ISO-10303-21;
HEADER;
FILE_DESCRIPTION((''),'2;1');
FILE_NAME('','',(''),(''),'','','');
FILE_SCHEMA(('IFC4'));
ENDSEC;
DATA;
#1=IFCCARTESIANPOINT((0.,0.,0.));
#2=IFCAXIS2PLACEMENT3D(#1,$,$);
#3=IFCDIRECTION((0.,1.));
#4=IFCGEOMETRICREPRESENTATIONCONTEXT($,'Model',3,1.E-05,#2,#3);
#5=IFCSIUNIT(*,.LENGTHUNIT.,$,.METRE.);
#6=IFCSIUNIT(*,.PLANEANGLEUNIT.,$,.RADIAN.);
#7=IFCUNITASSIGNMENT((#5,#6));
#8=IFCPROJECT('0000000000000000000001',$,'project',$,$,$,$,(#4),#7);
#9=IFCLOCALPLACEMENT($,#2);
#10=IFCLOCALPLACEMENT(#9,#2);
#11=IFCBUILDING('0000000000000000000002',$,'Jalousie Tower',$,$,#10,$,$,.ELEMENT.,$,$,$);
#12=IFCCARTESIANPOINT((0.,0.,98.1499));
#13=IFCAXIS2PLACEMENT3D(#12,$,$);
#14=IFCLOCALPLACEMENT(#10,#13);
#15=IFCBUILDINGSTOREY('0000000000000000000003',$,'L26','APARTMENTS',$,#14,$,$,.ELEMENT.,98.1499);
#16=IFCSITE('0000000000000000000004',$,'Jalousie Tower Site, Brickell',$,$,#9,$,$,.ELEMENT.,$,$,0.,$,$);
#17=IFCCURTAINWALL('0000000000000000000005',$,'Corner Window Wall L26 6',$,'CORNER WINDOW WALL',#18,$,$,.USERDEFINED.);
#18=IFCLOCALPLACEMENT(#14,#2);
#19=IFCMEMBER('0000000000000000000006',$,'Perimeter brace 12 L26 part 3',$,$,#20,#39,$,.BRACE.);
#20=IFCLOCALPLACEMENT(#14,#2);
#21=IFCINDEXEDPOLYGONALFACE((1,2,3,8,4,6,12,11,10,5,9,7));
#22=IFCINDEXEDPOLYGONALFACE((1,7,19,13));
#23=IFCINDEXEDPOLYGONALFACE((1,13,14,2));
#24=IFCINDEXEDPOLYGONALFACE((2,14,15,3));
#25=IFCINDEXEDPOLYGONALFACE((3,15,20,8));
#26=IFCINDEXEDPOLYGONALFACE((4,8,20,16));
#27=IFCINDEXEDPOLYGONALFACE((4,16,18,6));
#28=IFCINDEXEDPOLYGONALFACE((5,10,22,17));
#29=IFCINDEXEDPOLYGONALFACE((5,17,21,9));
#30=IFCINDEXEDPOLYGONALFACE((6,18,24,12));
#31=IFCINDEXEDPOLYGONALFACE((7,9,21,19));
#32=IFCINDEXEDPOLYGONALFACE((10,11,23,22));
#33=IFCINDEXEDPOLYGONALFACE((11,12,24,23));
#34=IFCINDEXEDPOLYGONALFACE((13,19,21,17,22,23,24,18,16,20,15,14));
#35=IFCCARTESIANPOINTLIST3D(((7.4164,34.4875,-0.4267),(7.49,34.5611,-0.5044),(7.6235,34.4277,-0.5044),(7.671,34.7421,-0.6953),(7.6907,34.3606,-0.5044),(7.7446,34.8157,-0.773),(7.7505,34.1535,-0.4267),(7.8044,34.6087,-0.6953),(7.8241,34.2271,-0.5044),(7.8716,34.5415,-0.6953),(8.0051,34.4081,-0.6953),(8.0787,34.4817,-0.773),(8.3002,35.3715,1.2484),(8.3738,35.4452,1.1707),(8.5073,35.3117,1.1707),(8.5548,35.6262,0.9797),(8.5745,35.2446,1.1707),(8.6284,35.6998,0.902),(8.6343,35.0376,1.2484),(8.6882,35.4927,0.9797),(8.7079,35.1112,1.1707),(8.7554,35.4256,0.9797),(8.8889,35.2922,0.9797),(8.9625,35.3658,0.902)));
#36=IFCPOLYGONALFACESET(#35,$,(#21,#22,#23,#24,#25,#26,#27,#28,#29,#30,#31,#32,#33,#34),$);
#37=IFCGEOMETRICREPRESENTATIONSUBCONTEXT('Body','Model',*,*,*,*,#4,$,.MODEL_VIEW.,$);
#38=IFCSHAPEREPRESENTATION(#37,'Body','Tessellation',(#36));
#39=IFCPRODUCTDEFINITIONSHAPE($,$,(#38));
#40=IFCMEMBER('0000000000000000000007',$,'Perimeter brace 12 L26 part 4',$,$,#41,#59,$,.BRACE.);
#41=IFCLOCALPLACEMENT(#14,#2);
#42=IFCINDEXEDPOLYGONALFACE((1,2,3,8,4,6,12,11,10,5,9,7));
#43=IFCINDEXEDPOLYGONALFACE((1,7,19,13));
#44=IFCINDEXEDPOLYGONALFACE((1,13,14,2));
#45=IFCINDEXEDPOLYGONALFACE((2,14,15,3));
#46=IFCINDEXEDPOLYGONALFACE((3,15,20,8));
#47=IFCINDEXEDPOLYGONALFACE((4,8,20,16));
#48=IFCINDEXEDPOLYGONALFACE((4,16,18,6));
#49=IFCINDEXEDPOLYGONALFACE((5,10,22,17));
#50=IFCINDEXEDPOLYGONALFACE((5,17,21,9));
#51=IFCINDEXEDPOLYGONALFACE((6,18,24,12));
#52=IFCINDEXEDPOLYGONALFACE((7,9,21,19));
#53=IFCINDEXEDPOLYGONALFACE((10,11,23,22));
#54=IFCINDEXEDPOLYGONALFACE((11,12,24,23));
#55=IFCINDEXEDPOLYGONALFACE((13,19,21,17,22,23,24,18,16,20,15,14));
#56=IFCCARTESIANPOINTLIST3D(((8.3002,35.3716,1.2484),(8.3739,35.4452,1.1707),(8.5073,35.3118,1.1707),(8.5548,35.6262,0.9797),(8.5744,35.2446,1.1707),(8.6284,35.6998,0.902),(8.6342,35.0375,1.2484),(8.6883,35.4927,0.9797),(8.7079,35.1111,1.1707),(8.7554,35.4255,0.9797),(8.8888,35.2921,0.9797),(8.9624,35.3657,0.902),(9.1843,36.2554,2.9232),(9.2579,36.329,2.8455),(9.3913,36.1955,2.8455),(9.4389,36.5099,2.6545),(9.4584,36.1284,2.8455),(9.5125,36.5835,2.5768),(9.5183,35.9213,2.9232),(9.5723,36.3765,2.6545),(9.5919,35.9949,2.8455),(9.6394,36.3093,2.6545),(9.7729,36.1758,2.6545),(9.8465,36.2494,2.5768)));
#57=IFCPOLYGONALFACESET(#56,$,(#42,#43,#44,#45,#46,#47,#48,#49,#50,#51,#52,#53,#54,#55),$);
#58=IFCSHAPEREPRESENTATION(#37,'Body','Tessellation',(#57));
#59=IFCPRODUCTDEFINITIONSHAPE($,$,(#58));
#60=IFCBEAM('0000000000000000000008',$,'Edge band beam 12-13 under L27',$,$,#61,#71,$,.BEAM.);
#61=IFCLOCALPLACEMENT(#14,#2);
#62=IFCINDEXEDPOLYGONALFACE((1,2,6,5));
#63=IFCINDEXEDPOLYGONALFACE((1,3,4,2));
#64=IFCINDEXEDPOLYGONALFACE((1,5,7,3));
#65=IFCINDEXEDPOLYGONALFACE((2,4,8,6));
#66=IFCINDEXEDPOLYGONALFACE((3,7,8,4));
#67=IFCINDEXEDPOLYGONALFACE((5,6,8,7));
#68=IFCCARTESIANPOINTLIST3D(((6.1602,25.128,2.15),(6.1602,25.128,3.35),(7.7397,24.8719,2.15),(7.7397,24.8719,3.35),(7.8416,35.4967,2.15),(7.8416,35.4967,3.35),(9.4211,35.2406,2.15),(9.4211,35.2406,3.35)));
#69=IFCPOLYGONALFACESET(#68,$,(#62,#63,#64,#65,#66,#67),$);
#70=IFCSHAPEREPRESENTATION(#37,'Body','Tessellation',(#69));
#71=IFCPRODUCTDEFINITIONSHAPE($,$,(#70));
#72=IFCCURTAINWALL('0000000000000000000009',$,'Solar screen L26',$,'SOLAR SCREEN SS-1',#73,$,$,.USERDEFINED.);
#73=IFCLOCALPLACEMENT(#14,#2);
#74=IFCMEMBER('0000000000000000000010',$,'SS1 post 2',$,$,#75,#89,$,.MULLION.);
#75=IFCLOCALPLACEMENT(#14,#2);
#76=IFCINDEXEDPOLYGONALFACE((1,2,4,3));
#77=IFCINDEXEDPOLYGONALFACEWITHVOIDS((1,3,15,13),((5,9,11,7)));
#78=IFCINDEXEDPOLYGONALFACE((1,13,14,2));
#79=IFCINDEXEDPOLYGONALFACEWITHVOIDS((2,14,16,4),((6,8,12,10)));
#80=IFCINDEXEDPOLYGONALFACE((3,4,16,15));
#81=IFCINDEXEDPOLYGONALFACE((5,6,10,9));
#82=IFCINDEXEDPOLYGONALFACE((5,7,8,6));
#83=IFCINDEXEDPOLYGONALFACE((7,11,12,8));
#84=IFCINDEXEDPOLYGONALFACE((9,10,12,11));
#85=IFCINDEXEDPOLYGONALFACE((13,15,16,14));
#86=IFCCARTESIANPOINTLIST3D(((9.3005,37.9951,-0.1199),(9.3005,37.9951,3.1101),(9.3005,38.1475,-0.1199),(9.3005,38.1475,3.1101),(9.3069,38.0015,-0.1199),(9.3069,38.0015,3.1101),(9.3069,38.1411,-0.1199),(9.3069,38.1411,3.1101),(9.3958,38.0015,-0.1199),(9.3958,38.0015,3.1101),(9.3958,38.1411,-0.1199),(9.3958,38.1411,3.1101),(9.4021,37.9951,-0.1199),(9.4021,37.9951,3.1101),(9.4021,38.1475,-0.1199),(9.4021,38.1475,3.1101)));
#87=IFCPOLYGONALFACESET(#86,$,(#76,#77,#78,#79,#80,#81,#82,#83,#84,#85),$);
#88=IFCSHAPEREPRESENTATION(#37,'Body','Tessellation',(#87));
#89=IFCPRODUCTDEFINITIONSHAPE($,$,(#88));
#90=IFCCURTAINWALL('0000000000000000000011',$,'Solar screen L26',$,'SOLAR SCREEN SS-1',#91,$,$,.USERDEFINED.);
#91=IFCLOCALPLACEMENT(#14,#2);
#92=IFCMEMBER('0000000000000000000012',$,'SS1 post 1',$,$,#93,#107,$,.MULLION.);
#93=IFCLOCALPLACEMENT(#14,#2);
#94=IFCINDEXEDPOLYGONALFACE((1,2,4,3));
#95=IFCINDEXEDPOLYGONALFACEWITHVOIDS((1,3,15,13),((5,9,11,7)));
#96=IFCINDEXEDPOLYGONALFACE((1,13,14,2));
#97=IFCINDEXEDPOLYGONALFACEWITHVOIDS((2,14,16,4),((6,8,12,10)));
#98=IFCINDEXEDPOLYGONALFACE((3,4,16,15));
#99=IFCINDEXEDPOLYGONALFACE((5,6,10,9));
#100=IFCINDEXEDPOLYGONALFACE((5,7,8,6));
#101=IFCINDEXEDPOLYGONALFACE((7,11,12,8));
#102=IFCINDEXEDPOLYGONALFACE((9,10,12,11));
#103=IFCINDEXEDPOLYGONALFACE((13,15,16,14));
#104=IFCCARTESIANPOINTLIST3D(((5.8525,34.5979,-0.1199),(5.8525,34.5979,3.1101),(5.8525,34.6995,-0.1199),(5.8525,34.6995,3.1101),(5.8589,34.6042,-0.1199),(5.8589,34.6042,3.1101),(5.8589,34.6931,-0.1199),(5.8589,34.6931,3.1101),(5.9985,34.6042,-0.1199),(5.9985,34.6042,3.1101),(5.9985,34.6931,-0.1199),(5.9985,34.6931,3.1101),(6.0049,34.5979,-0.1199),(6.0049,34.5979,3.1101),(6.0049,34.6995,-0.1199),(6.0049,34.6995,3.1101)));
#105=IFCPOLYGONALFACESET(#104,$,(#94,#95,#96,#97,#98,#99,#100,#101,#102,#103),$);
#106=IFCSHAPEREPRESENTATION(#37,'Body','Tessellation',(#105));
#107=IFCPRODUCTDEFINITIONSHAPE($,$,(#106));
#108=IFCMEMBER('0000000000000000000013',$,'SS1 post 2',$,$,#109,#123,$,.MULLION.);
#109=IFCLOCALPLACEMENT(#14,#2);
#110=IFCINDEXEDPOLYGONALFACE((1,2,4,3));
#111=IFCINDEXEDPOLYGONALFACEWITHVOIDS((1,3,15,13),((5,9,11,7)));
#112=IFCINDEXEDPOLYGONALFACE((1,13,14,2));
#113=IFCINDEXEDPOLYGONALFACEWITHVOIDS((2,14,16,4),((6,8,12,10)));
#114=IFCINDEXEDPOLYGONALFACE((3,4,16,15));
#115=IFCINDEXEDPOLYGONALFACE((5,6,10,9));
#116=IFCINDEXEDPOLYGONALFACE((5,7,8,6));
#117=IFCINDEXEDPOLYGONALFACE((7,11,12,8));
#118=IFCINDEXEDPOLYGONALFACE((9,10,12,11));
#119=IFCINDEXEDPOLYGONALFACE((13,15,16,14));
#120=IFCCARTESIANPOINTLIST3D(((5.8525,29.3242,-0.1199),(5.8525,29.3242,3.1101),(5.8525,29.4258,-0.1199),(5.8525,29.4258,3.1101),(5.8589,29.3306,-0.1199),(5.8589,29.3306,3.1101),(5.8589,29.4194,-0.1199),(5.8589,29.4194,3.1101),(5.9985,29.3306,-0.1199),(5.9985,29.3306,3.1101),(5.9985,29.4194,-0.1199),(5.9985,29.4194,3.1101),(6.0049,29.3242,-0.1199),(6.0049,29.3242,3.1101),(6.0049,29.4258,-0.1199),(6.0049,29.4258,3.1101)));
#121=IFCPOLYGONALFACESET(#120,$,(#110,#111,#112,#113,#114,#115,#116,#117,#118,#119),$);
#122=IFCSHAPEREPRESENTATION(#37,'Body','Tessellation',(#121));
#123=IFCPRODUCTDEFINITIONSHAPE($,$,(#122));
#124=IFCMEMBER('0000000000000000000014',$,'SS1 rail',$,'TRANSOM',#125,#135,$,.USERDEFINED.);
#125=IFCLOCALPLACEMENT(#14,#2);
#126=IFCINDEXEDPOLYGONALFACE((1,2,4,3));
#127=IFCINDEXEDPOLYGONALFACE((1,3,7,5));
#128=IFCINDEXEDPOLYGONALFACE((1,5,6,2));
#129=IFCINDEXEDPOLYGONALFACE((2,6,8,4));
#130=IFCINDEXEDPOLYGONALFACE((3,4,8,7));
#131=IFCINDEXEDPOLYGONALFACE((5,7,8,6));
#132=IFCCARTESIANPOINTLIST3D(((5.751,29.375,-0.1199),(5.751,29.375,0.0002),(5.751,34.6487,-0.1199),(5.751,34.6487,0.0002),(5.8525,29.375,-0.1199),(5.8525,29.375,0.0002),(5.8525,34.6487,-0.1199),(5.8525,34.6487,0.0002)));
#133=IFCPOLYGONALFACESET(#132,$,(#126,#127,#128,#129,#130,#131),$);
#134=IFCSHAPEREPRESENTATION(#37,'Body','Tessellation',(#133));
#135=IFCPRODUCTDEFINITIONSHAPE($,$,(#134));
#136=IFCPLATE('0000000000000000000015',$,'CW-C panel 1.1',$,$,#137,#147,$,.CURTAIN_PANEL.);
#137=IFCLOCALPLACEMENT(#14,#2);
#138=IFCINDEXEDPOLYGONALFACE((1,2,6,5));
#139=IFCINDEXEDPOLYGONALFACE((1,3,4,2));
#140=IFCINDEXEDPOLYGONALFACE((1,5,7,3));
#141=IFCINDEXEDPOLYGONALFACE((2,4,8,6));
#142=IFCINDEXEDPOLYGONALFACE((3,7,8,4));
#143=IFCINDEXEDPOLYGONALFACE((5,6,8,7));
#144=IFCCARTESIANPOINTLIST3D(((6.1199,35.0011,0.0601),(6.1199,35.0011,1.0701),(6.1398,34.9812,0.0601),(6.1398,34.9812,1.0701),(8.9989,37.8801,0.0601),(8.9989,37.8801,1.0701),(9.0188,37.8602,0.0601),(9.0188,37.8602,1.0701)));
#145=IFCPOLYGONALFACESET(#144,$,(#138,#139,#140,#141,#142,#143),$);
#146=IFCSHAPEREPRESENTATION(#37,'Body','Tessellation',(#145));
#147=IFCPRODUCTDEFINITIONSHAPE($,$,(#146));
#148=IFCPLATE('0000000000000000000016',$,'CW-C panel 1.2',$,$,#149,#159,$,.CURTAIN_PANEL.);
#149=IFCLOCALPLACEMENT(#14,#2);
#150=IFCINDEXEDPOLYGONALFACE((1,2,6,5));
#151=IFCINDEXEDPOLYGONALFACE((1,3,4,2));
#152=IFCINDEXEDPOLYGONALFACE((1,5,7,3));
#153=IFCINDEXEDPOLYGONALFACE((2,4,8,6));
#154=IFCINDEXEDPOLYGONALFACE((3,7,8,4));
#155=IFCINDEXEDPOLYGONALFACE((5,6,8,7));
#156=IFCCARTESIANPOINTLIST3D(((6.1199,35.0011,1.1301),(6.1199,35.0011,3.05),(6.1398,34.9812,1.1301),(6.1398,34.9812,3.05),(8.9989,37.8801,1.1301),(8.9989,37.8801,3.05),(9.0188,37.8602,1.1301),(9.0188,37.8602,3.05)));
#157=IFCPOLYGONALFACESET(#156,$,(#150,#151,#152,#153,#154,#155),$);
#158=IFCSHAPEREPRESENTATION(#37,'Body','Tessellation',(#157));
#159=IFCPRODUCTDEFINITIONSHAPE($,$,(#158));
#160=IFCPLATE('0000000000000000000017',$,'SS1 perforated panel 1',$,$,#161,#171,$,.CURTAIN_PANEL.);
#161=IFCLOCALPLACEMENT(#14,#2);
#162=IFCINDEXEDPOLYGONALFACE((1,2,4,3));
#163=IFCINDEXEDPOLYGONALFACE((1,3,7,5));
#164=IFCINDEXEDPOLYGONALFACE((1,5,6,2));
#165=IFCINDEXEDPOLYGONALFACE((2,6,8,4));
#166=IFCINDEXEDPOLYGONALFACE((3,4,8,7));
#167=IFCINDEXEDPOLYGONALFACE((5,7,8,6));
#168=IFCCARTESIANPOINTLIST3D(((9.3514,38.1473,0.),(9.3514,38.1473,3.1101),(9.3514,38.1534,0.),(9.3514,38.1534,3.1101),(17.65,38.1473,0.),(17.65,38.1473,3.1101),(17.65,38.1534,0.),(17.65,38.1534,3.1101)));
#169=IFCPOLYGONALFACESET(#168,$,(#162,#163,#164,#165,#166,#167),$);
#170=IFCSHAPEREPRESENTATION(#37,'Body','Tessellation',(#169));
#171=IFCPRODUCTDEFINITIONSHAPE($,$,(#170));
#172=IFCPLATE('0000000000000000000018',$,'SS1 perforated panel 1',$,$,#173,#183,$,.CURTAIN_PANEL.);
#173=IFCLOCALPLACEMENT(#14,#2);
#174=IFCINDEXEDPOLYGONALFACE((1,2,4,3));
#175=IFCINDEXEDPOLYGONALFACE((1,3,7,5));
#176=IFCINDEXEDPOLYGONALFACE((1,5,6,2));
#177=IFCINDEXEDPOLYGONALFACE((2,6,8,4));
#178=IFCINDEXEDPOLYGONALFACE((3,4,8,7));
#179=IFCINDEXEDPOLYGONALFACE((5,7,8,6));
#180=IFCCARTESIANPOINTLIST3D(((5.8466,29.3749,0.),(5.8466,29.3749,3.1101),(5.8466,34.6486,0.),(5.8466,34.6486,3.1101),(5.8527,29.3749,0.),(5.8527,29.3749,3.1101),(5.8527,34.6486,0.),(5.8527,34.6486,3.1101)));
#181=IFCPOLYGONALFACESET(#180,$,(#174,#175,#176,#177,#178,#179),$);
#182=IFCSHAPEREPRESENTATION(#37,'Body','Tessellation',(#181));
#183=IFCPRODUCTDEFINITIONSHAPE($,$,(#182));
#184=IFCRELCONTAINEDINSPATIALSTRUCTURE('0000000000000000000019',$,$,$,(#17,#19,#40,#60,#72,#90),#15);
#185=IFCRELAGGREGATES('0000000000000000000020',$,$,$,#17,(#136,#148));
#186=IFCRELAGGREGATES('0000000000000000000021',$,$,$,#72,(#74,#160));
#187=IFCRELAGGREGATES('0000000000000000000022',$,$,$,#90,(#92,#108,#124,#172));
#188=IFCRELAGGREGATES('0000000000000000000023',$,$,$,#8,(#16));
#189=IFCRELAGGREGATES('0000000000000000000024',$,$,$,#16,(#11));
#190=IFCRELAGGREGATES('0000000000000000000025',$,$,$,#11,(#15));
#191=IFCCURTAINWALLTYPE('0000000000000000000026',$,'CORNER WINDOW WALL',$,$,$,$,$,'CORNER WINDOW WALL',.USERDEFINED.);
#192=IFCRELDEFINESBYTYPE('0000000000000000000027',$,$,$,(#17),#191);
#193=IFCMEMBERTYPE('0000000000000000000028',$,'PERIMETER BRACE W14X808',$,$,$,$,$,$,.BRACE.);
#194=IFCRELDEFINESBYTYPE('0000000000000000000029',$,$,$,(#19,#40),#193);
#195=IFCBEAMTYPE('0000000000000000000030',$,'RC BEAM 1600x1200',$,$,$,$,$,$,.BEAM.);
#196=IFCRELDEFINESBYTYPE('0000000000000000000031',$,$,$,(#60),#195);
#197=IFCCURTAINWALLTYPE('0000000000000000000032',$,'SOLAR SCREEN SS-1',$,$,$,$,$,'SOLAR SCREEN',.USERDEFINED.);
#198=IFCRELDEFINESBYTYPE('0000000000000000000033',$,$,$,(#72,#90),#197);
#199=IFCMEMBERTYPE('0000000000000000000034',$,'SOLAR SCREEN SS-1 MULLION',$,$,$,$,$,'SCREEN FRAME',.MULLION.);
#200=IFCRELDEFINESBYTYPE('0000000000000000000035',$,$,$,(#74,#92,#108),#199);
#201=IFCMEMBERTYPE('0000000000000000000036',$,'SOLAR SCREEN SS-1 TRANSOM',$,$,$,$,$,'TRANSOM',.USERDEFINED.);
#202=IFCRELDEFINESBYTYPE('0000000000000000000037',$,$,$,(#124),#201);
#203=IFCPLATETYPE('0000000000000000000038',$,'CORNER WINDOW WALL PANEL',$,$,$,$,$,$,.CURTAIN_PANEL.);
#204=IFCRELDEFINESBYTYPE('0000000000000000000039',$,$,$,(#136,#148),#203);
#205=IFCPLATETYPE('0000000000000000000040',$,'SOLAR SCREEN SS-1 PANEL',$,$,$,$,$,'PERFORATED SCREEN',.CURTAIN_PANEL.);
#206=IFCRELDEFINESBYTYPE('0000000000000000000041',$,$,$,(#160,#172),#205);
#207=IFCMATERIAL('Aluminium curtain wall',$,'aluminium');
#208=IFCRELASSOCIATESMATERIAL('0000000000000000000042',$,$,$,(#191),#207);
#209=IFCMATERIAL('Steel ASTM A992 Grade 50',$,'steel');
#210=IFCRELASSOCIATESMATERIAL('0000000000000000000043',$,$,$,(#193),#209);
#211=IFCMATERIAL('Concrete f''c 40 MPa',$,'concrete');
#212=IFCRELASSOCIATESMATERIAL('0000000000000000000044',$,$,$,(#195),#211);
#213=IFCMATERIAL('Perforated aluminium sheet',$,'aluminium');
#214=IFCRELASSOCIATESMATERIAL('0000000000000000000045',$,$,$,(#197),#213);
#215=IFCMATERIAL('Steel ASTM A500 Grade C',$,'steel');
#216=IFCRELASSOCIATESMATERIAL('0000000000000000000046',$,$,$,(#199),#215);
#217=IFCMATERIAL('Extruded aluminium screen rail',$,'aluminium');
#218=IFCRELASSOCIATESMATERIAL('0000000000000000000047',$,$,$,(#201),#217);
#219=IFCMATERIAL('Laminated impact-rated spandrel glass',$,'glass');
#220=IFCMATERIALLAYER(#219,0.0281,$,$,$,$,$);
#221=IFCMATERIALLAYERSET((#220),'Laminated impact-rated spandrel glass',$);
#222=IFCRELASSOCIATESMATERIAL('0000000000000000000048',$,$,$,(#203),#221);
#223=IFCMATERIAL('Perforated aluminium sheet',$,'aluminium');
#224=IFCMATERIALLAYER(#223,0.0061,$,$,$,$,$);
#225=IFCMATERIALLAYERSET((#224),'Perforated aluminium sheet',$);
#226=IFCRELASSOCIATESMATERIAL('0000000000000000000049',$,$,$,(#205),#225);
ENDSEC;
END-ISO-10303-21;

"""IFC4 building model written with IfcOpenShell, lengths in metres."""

from ifc_helpers import new_model, si_unit, direction, frame, origin, origin_2d, place, context, subcontext, project, spatial, rectangle, hollow_rectangle, i_section, extrude, material, layer, layer_set, material_profile, profile_set, type_object, element, aggregate, save


model = new_model("IFC4")

# Units and contexts
model_context = context("Model", 3, precision=1e-05, world=origin(), true_north=direction((0.0, 1.0)))
body_context = subcontext(model_context, "Body", "Model", "MODEL_VIEW")
ifc_project = project(units=[si_unit("LENGTHUNIT", "METRE"), si_unit("PLANEANGLEUNIT", "RADIAN")], contexts=[model_context])

# Site, building, storey
site_placement = place(None, origin())
site = spatial("IfcSite", under=ifc_project, at=site_placement, Name="Jalousie Tower Site, Brickell", CompositionType="ELEMENT", RefElevation=0.0)
building_placement = place(site_placement, origin())
building = spatial("IfcBuilding", under=site, at=building_placement, Name="Jalousie Tower", CompositionType="ELEMENT")
storey_placement = place(building_placement, frame((0.0, 0.0, 98.1499)))
storey = spatial("IfcBuildingStorey", under=building, at=storey_placement, Name="L26", Description="APARTMENTS", CompositionType="ELEMENT", Elevation=98.1499)

# Curtain wall
ifc_material_1 = material(Name="Aluminium curtain wall", Category="aluminium")
curtain_wall_type_1 = type_object("IfcCurtainWallType", Name="CORNER WINDOW WALL", ElementType="CORNER WINDOW WALL", PredefinedType="USERDEFINED", material=ifc_material_1)
curtain_wall_1_placement = place(storey_placement, origin())
curtain_wall_1 = element("IfcCurtainWall", 1, at=curtain_wall_1_placement, inside=storey, type_object=curtain_wall_type_1, Name="Corner Window Wall L26 6", ObjectType="CORNER WINDOW WALL", PredefinedType="USERDEFINED")

# Members
ifc_material_2 = material(Name="Steel ASTM A992 Grade 50", Category="steel")
ifc_material_profile_1 = material_profile(ifc_material_2, i_section(OverallWidth=0.4724, OverallDepth=0.5791, WebThickness=0.095, FlangeThickness=0.1299, at=origin_2d()), Name="W14X808")
ifc_profile_set_1 = profile_set([ifc_material_profile_1], Name="Steel ASTM A992 Grade 50")
member_type_1 = type_object("IfcMemberType", Name="PERIMETER BRACE W14X808", PredefinedType="BRACE", material=ifc_profile_set_1)
member_1_placement = place(storey_placement, frame((7.7476, 34.4846, -0.5999), z_axis=(0.422852, 0.422969, 0.801432), x_axis=(-0.707204, 0.707009, 0.0)))
element("IfcMember", 2, at=member_1_placement, inside=storey, type_object=member_type_1, Name="Perimeter brace 12 L26 part 3", PredefinedType="BRACE", context=body_context, shape_type="SweptSolid", body=[
    extrude(i_section(OverallWidth=0.4724, OverallDepth=0.5791, WebThickness=0.095, FlangeThickness=0.1299, at=origin_2d()), origin(), (0.0, 0.0, 1.0), 2.0901),
])
member_2_placement = place(storey_placement, frame((8.6313, 35.3687, 1.0752), z_axis=(0.423008, 0.422891, 0.801391), x_axis=(-0.707009, 0.707204, 0.0)))
element("IfcMember", 3, at=member_2_placement, inside=storey, type_object=member_type_1, Name="Perimeter brace 12 L26 part 4", PredefinedType="BRACE", context=body_context, shape_type="SweptSolid", body=[
    extrude(i_section(OverallWidth=0.4724, OverallDepth=0.5791, WebThickness=0.095, FlangeThickness=0.1299, at=origin_2d()), origin(), (0.0, 0.0, 1.0), 2.0898),
])

# Beam
ifc_material_3 = material(Name="Concrete f'c 40 MPa", Category="concrete")
ifc_material_profile_2 = material_profile(ifc_material_3, rectangle(XDim=1.6001, YDim=1.2, at=origin_2d()), Name="RC 1600x1200")
ifc_profile_set_2 = profile_set([ifc_material_profile_2], Name="Concrete f'c 40 MPa")
beam_type_1 = type_object("IfcBeamType", Name="RC BEAM 1600x1200", PredefinedType="BEAM", material=ifc_profile_set_2)
beam_1_placement = place(storey_placement, frame((8.6313, 35.3687, 2.75), z_axis=(-0.160071, -0.987106, 0.0), x_axis=(0.987106, -0.160071, 0.0)))
element("IfcBeam", 4, at=beam_1_placement, inside=storey, type_object=beam_type_1, Name="Edge band beam 12-13 under L27", PredefinedType="BEAM", context=body_context, shape_type="SweptSolid", body=[
    extrude(rectangle(XDim=1.6001, YDim=1.2, at=origin_2d()), origin(), (0.0, 0.0, 1.0), 10.5042),
])

# Curtain wall, member
ifc_material_4 = material(Name="Perforated aluminium sheet", Category="aluminium")
curtain_wall_type_2 = type_object("IfcCurtainWallType", Name="SOLAR SCREEN SS-1", ElementType="SOLAR SCREEN", PredefinedType="USERDEFINED", material=ifc_material_4)
curtain_wall_2_placement = place(storey_placement, origin())
curtain_wall_2 = element("IfcCurtainWall", 5, at=curtain_wall_2_placement, inside=storey, type_object=curtain_wall_type_2, Name="Solar screen L26", ObjectType="SOLAR SCREEN SS-1", PredefinedType="USERDEFINED")
ifc_material_5 = material(Name="Steel ASTM A500 Grade C", Category="steel")
ifc_material_profile_3 = material_profile(ifc_material_5, hollow_rectangle(XDim=0.1016, YDim=0.1523, WallThickness=0.0063, at=origin_2d()), Name="HSS6X4X1/4")
ifc_profile_set_3 = profile_set([ifc_material_profile_3], Name="Steel ASTM A500 Grade C")
member_type_2 = type_object("IfcMemberType", Name="SOLAR SCREEN SS-1 MULLION", ElementType="SCREEN FRAME", PredefinedType="MULLION", material=ifc_profile_set_3)
member_3_placement = place(storey_placement, frame((9.3513, 38.0713, -0.1199), z_axis=(0.0, 0.0, 1.0), x_axis=(-1.0, 0.0, 0.0)))
member_3 = element("IfcMember", 6, at=member_3_placement, type_object=member_type_2, Name="SS1 post 2", PredefinedType="MULLION", context=body_context, shape_type="SweptSolid", body=[
    extrude(hollow_rectangle(XDim=0.1016, YDim=0.1523, WallThickness=0.0063, at=origin_2d()), origin(), (0.0, 0.0, 1.0), 3.23),
])

# Curtain wall, members
curtain_wall_3_placement = place(storey_placement, origin())
curtain_wall_3 = element("IfcCurtainWall", 7, at=curtain_wall_3_placement, inside=storey, type_object=curtain_wall_type_2, Name="Solar screen L26", ObjectType="SOLAR SCREEN SS-1", PredefinedType="USERDEFINED")
member_4_placement = place(storey_placement, frame((5.9287, 34.6487, -0.1199), z_axis=(0.0, 0.0, 1.0), x_axis=(0.0, -1.0, 0.0)))
member_4 = element("IfcMember", 8, at=member_4_placement, type_object=member_type_2, Name="SS1 post 1", PredefinedType="MULLION", context=body_context, shape_type="SweptSolid", body=[
    extrude(hollow_rectangle(XDim=0.1016, YDim=0.1523, WallThickness=0.0063, at=origin_2d()), origin(), (0.0, 0.0, 1.0), 3.23),
])
member_5_placement = place(storey_placement, frame((5.9287, 29.375, -0.1199), z_axis=(0.0, 0.0, 1.0), x_axis=(0.0, -1.0, 0.0)))
member_5 = element("IfcMember", 9, at=member_5_placement, type_object=member_type_2, Name="SS1 post 2", PredefinedType="MULLION", context=body_context, shape_type="SweptSolid", body=[
    extrude(hollow_rectangle(XDim=0.1016, YDim=0.1523, WallThickness=0.0063, at=origin_2d()), origin(), (0.0, 0.0, 1.0), 3.23),
])
ifc_material_6 = material(Name="Extruded aluminium screen rail", Category="aluminium")
ifc_material_profile_4 = material_profile(ifc_material_6, rectangle(XDim=0.1016, YDim=0.1201, at=origin_2d()), Name="RAIL 102x120")
ifc_profile_set_4 = profile_set([ifc_material_profile_4], Name="Extruded aluminium screen rail")
member_type_3 = type_object("IfcMemberType", Name="SOLAR SCREEN SS-1 TRANSOM", ElementType="TRANSOM", PredefinedType="USERDEFINED", material=ifc_profile_set_4)
member_6_placement = place(storey_placement, frame((5.8018, 34.6487, -0.0598), z_axis=(0.0, -1.0, 0.0), x_axis=(1.0, 0.0, 0.0)))
member_6 = element("IfcMember", 10, at=member_6_placement, type_object=member_type_3, Name="SS1 rail", ObjectType="TRANSOM", PredefinedType="USERDEFINED", context=body_context, shape_type="SweptSolid", body=[
    extrude(rectangle(XDim=0.1016, YDim=0.1201, at=origin_2d()), origin(), (0.0, 0.0, 1.0), 5.2737),
])

# Plates
ifc_material_7 = material(Name="Laminated impact-rated spandrel glass", Category="glass")
ifc_layer_1 = layer(ifc_material_7, 0.0281)
ifc_layer_set_1 = layer_set([ifc_layer_1], Name="Laminated impact-rated spandrel glass")
plate_type_1 = type_object("IfcPlateType", Name="CORNER WINDOW WALL PANEL", PredefinedType="CURTAIN_PANEL", material=ifc_layer_set_1)
plate_1_placement = place(storey_placement, frame((7.5693, 36.4307, 0.0601), z_axis=(0.0, 0.0, 1.0), x_axis=(-0.707107, -0.707107, 0.0)))
plate_1 = element("IfcPlate", 11, at=plate_1_placement, type_object=plate_type_1, Name="CW-C panel 1.1", PredefinedType="CURTAIN_PANEL", context=body_context, shape_type="SweptSolid", body=[
    extrude(rectangle(XDim=4.0715, YDim=0.0281, at=origin_2d()), origin(), (0.0, 0.0, 1.0), 1.01),
])
plate_2_placement = place(storey_placement, frame((7.5693, 36.4307, 1.1301), z_axis=(0.0, 0.0, 1.0), x_axis=(-0.707107, -0.707107, 0.0)))
plate_2 = element("IfcPlate", 12, at=plate_2_placement, type_object=plate_type_1, Name="CW-C panel 1.2", PredefinedType="CURTAIN_PANEL", context=body_context, shape_type="SweptSolid", body=[
    extrude(rectangle(XDim=4.0715, YDim=0.0281, at=origin_2d()), origin(), (0.0, 0.0, 1.0), 1.9199),
])
aggregate(curtain_wall_1, [plate_1, plate_2])
ifc_material_8 = material(Name="Perforated aluminium sheet", Category="aluminium")
ifc_layer_2 = layer(ifc_material_8, 0.0061)
ifc_layer_set_2 = layer_set([ifc_layer_2], Name="Perforated aluminium sheet")
plate_type_2 = type_object("IfcPlateType", Name="SOLAR SCREEN SS-1 PANEL", ElementType="PERFORATED SCREEN", PredefinedType="CURTAIN_PANEL", material=ifc_layer_set_2)
plate_3_placement = place(storey_placement, frame((13.5007, 38.1504, 0.0), z_axis=(0.0, 0.0, 1.0), x_axis=(-1.0, 0.0, 0.0)))
plate_3 = element("IfcPlate", 13, at=plate_3_placement, type_object=plate_type_2, Name="SS1 perforated panel 1", PredefinedType="CURTAIN_PANEL", context=body_context, shape_type="SweptSolid", body=[
    extrude(rectangle(XDim=8.2986, YDim=0.0061, at=origin_2d()), origin(), (0.0, 0.0, 1.0), 3.1101),
])
aggregate(curtain_wall_2, [member_3, plate_3])
plate_4_placement = place(storey_placement, frame((5.8496, 32.0117, 0.0), z_axis=(0.0, 0.0, 1.0), x_axis=(0.0, -1.0, 0.0)))
plate_4 = element("IfcPlate", 14, at=plate_4_placement, type_object=plate_type_2, Name="SS1 perforated panel 1", PredefinedType="CURTAIN_PANEL", context=body_context, shape_type="SweptSolid", body=[
    extrude(rectangle(XDim=5.2737, YDim=0.0061, at=origin_2d()), origin(), (0.0, 0.0, 1.0), 3.1101),
])
aggregate(curtain_wall_3, [member_4, member_5, member_6, plate_4])

save(model, "model.ifc")
